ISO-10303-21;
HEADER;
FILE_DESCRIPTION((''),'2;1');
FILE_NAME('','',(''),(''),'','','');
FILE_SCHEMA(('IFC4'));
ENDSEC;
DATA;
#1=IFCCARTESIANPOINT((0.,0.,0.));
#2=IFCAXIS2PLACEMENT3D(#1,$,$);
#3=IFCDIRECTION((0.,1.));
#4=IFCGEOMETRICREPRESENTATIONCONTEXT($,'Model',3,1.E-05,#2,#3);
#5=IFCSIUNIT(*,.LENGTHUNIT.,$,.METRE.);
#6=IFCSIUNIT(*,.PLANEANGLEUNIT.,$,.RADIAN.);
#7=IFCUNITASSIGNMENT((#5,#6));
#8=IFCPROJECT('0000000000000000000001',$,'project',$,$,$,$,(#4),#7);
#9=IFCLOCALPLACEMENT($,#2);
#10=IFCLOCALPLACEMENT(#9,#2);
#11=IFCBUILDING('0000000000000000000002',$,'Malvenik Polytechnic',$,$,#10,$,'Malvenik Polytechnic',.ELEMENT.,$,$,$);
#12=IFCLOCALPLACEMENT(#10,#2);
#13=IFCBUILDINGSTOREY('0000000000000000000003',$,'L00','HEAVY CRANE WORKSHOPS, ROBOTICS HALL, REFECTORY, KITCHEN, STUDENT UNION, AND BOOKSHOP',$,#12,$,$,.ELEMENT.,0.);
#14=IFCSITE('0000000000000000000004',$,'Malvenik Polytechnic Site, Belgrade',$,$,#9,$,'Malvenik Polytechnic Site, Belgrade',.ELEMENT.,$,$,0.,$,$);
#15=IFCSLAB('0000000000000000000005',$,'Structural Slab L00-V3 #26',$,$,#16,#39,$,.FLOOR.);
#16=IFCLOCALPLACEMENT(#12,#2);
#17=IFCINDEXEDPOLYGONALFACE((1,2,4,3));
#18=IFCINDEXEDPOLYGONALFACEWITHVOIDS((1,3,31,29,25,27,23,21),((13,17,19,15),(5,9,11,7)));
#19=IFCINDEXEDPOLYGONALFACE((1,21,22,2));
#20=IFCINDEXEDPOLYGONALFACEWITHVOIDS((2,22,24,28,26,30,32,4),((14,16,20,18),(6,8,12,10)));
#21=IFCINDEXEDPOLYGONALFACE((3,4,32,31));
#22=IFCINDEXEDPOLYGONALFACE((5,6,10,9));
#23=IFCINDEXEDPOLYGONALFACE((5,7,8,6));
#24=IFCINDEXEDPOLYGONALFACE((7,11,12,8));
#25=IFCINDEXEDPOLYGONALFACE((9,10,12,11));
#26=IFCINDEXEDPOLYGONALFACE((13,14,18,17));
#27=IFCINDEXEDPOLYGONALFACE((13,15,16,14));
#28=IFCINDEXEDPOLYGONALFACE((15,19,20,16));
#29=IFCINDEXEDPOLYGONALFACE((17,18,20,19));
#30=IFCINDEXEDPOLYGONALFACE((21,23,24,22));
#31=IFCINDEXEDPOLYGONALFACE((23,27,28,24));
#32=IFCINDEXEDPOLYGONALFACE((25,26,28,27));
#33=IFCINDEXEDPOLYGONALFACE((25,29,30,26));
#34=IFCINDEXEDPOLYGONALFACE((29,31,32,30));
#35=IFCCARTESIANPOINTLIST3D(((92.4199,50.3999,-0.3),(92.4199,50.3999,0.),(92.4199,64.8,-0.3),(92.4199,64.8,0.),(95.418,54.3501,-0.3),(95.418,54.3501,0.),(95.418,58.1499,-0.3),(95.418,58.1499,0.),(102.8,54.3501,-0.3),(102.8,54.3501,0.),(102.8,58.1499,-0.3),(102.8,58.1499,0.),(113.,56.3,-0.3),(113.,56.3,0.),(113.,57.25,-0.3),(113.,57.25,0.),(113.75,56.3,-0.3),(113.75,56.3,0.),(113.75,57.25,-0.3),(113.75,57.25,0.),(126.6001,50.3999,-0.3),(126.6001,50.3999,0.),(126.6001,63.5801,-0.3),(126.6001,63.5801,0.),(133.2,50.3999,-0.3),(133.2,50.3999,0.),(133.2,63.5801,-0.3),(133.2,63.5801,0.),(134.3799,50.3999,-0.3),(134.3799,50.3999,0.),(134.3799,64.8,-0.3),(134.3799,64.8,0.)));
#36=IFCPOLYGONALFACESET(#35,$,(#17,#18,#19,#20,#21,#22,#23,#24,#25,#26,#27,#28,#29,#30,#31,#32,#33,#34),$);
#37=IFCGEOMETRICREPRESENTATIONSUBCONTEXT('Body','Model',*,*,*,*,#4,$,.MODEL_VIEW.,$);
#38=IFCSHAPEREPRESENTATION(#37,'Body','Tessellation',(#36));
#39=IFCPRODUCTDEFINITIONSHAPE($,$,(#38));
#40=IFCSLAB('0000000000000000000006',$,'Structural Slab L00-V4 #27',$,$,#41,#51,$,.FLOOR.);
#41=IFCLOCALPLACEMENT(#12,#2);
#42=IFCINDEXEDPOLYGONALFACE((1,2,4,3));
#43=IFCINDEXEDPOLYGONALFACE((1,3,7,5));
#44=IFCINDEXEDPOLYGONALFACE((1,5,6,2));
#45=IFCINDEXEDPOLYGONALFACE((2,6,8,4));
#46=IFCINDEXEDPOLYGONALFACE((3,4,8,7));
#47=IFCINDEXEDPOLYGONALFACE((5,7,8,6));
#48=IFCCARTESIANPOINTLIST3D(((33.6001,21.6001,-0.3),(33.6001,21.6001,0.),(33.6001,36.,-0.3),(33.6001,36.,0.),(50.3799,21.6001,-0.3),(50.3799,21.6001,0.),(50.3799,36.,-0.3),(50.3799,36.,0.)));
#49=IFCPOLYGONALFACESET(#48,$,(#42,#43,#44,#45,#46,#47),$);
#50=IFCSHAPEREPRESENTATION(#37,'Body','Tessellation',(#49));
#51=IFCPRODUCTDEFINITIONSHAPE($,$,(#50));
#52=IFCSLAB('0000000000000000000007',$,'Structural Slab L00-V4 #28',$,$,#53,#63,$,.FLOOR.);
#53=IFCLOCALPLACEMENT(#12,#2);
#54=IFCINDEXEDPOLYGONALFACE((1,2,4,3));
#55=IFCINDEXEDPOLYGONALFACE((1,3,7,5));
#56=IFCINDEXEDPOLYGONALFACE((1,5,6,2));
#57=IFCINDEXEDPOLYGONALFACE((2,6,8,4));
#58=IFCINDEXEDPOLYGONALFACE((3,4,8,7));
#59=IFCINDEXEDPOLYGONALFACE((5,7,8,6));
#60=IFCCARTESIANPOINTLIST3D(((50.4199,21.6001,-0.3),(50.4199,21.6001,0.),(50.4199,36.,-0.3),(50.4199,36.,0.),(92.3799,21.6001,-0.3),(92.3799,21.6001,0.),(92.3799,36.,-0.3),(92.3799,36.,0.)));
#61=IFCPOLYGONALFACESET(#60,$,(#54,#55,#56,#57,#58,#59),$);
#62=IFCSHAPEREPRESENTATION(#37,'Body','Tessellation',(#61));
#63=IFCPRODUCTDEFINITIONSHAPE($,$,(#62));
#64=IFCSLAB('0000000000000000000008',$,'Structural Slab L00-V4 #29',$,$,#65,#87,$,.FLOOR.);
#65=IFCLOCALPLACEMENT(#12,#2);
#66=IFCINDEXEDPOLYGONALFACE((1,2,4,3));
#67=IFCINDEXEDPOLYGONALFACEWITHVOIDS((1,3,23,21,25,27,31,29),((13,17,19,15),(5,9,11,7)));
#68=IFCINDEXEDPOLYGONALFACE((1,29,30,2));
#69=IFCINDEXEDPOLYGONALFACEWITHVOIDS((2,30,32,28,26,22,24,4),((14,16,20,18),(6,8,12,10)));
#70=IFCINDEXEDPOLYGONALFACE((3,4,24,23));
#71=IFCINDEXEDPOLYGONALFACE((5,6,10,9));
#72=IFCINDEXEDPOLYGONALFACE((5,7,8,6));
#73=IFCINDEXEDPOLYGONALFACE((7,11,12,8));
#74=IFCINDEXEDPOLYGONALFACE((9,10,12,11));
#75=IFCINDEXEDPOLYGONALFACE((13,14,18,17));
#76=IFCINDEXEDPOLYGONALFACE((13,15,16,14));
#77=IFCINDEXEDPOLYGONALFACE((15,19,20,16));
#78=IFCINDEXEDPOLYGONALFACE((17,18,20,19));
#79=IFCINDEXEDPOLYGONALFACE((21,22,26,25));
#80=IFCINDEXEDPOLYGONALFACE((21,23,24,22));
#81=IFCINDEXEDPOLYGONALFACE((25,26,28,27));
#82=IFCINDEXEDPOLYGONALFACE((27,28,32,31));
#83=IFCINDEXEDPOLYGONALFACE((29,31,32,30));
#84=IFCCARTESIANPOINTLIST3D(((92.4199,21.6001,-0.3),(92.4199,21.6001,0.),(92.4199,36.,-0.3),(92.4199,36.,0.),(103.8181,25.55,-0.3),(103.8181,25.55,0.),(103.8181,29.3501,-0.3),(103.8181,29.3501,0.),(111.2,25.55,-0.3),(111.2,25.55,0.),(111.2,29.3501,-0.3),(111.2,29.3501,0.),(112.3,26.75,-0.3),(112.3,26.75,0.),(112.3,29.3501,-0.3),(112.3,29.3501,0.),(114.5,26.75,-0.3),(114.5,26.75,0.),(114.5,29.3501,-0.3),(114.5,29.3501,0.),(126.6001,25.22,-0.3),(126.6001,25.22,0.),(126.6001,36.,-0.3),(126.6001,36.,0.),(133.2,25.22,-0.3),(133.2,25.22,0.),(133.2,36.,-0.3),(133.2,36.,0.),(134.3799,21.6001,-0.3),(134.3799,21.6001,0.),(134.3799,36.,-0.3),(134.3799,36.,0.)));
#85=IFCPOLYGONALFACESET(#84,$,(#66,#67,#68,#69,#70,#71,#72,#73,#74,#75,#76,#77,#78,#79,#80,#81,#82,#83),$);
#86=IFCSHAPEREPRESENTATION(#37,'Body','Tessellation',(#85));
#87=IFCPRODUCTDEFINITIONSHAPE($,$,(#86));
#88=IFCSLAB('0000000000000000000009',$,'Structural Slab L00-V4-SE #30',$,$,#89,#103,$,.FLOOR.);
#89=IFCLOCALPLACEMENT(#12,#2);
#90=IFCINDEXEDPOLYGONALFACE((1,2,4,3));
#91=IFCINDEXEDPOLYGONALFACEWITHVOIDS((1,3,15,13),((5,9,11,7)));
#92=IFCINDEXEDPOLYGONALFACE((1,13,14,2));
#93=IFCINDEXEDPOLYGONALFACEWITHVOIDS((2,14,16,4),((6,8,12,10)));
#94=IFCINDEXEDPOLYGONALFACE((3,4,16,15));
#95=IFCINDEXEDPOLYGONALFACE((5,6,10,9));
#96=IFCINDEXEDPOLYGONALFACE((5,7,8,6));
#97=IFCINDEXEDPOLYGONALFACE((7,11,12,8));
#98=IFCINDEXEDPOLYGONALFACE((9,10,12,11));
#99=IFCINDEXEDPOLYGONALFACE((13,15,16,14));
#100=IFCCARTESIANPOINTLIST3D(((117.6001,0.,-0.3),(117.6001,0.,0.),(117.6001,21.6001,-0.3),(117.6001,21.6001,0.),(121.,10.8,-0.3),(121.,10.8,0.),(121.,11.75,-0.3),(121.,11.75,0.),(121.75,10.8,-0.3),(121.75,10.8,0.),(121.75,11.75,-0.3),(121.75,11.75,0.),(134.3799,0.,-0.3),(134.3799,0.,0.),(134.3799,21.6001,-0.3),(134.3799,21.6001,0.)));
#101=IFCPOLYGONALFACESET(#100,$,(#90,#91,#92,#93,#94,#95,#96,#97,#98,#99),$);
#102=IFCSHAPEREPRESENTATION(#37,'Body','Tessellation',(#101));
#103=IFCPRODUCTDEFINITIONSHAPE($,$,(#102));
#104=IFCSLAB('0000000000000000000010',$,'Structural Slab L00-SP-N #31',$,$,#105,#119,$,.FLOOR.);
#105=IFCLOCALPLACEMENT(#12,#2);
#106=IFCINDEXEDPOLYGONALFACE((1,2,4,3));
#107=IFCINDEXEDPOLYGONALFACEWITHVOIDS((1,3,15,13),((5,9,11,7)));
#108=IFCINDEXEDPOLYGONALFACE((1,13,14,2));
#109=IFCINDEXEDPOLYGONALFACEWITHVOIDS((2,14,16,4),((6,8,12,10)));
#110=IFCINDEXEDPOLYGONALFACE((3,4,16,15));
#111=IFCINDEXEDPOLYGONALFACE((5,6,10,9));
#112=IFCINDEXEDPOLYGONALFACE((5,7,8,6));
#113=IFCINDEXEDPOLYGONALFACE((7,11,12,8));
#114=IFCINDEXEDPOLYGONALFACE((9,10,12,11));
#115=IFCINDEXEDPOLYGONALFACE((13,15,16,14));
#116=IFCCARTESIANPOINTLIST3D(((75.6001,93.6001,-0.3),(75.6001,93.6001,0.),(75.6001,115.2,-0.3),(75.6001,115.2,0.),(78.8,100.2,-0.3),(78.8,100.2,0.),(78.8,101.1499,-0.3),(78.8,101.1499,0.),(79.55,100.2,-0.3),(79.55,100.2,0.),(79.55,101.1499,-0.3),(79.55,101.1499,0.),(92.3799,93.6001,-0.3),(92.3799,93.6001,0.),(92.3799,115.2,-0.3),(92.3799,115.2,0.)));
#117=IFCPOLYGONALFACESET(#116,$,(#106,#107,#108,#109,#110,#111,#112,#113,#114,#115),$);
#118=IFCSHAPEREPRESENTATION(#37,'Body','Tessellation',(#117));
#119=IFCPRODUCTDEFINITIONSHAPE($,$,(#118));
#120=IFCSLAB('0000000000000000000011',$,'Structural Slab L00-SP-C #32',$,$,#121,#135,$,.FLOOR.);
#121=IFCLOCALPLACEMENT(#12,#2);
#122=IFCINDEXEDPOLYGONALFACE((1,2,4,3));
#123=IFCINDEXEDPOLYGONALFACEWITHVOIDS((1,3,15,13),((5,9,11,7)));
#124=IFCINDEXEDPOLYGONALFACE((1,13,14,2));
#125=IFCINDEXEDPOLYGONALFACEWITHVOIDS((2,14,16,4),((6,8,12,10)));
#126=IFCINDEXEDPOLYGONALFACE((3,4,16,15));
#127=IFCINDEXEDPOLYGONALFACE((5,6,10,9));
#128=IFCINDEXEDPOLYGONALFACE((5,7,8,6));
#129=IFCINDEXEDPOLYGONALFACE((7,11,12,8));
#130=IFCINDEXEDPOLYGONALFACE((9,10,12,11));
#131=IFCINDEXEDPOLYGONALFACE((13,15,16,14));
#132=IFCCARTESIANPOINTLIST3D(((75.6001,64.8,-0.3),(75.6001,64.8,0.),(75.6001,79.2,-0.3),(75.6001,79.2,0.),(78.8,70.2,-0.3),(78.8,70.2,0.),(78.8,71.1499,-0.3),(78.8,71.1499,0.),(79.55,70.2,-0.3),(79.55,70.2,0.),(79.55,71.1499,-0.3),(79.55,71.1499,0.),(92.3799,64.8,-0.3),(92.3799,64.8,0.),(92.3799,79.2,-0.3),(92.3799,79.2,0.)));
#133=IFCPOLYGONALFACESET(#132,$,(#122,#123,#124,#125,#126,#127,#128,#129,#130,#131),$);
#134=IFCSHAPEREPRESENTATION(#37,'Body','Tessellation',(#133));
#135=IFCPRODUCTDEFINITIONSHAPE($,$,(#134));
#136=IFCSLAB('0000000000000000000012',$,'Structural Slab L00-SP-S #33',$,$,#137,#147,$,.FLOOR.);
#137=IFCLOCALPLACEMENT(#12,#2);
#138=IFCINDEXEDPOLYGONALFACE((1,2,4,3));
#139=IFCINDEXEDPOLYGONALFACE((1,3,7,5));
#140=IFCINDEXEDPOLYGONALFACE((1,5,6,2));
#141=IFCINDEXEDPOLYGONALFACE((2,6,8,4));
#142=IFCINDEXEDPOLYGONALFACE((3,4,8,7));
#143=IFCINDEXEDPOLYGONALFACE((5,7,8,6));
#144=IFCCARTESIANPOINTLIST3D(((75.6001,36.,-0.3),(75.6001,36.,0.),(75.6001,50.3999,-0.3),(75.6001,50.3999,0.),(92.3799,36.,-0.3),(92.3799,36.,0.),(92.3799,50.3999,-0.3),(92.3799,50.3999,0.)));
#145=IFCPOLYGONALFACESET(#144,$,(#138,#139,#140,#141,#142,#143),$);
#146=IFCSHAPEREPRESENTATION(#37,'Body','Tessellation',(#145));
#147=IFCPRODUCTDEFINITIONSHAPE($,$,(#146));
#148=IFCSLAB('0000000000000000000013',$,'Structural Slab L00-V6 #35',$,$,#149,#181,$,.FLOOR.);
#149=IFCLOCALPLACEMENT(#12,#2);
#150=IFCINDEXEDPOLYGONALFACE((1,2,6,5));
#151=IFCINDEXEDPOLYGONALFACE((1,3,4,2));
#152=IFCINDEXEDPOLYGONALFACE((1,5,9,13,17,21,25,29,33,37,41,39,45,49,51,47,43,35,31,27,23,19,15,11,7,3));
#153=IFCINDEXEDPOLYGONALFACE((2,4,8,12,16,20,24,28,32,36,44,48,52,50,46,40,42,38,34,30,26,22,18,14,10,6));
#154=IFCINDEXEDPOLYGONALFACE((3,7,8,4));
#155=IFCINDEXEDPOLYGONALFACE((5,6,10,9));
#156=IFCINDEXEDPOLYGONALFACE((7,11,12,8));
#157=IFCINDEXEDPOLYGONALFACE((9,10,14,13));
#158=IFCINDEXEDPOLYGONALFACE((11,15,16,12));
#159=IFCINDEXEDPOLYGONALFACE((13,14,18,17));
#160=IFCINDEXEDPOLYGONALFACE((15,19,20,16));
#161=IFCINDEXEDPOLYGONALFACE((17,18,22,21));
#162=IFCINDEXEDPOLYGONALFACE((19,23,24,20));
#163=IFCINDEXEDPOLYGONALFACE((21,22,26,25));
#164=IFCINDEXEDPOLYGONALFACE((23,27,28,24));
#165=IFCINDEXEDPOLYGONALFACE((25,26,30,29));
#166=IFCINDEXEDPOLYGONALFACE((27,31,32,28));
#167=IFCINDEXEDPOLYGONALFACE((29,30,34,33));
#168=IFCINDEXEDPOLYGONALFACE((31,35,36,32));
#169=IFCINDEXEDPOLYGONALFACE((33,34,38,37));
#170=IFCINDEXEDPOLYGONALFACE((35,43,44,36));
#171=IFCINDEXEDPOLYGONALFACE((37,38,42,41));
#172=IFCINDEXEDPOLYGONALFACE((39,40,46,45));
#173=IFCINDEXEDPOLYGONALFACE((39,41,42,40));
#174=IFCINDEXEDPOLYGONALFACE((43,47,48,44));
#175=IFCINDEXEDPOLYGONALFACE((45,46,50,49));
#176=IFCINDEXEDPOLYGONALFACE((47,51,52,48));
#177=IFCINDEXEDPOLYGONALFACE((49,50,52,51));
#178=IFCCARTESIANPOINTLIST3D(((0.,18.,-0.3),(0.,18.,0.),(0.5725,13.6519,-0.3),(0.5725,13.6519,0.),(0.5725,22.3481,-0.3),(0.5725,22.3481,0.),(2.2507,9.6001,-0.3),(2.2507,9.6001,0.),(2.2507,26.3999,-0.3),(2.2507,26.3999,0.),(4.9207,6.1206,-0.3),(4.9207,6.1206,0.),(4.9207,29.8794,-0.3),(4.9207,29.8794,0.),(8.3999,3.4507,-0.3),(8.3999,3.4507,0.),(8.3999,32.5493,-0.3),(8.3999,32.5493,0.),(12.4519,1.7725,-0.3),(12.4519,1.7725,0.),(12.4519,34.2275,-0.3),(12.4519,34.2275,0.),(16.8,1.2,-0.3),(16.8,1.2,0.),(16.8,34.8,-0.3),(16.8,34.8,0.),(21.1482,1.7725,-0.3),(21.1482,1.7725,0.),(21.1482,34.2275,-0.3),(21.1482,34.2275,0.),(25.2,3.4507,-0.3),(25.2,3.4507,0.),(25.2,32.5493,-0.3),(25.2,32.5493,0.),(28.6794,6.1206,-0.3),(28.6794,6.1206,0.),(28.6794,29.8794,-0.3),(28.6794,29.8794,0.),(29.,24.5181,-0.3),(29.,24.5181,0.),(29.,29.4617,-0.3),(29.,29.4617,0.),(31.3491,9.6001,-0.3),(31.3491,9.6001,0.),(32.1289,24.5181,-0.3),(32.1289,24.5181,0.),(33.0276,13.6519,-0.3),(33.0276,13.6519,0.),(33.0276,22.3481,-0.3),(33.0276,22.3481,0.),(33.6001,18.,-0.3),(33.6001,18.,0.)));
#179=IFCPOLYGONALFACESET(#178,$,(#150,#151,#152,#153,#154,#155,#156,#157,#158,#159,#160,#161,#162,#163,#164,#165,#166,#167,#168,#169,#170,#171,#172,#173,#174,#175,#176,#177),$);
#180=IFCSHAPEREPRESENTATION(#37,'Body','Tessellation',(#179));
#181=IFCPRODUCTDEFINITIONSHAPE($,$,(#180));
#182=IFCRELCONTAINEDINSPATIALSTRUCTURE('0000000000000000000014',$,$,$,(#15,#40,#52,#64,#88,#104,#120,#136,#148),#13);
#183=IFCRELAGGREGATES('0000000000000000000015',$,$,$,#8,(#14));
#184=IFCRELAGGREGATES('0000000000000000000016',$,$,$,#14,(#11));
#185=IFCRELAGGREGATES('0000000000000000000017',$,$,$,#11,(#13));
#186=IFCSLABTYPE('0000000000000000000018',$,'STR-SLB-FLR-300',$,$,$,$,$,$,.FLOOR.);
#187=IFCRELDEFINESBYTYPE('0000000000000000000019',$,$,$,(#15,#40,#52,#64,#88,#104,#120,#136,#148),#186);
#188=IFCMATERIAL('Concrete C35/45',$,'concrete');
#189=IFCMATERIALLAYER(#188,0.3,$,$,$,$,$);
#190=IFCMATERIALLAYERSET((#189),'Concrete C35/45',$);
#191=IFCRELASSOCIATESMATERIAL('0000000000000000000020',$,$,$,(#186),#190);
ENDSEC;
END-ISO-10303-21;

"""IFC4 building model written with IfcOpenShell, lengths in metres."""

from ifc_helpers import new_model, si_unit, direction, frame, origin, place, context, subcontext, project, spatial, polyline, outline, extrude, material, layer, layer_set, type_object, element, save


model = new_model("IFC4")

# Units and contexts
model_context = context("Model", 3, precision=1e-05, world=origin(), true_north=direction((0.0, 1.0)))
body_context = subcontext(model_context, "Body", "Model", "MODEL_VIEW")
ifc_project = project(units=[si_unit("LENGTHUNIT", "METRE"), si_unit("PLANEANGLEUNIT", "RADIAN")], contexts=[model_context])

# Site, building, storey
site_placement = place(None, origin())
site = spatial("IfcSite", under=ifc_project, at=site_placement, Name="Malvenik Polytechnic Site, Belgrade", LongName="Malvenik Polytechnic Site, Belgrade", CompositionType="ELEMENT", RefElevation=0.0)
building_placement = place(site_placement, origin())
building = spatial("IfcBuilding", under=site, at=building_placement, Name="Malvenik Polytechnic", LongName="Malvenik Polytechnic", CompositionType="ELEMENT")
storey_placement = place(building_placement, origin())
storey = spatial("IfcBuildingStorey", under=building, at=storey_placement, Name="L00", Description="HEAVY CRANE WORKSHOPS, ROBOTICS HALL, REFECTORY, KITCHEN, STUDENT UNION, AND BOOKSHOP", CompositionType="ELEMENT", Elevation=0.0)

# Slabs
ifc_material_1 = material(Name="Concrete C35/45", Category="concrete")
ifc_layer_1 = layer(ifc_material_1, 0.3)
ifc_layer_set_1 = layer_set([ifc_layer_1], Name="Concrete C35/45")
slab_type_1 = type_object("IfcSlabType", Name="STR-SLB-FLR-300", PredefinedType="FLOOR", material=ifc_layer_set_1)
slab_1_placement = place(storey_placement, frame((0.0, 0.0, -0.3)))
element("IfcSlab", 1, at=slab_1_placement, inside=storey, type_object=slab_type_1, Name="Structural Slab L00-V3 #26", PredefinedType="FLOOR", context=body_context, shape_type="SweptSolid", body=[
    extrude(outline(polyline([(134.3799, 64.8), (134.3799, 50.3999), (133.2, 50.3999), (133.2, 63.5801), (126.6001, 63.5801), (126.6001, 50.3999), (92.4199, 50.3999), (92.4199, 64.8), (134.3799, 64.8)]), holes=[polyline([(102.8, 54.3501), (102.8, 58.1499), (95.418, 58.1499), (95.418, 54.3501), (102.8, 54.3501)]), polyline([(113.75, 57.25), (113.0, 57.25), (113.0, 56.3), (113.75, 56.3), (113.75, 57.25)])]), origin(), (0.0, 0.0, 1.0), 0.3),
])
slab_2_placement = place(storey_placement, frame((0.0, 0.0, -0.3)))
element("IfcSlab", 2, at=slab_2_placement, inside=storey, type_object=slab_type_1, Name="Structural Slab L00-V4 #27", PredefinedType="FLOOR", context=body_context, shape_type="SweptSolid", body=[
    extrude(outline(polyline([(50.3799, 36.0), (50.3799, 21.6001), (33.6001, 21.6001), (33.6001, 36.0), (50.3799, 36.0)])), origin(), (0.0, 0.0, 1.0), 0.3),
])
slab_3_placement = place(storey_placement, frame((0.0, 0.0, -0.3)))
element("IfcSlab", 3, at=slab_3_placement, inside=storey, type_object=slab_type_1, Name="Structural Slab L00-V4 #28", PredefinedType="FLOOR", context=body_context, shape_type="SweptSolid", body=[
    extrude(outline(polyline([(92.3799, 36.0), (92.3799, 21.6001), (50.4199, 21.6001), (50.4199, 36.0), (92.3799, 36.0)])), origin(), (0.0, 0.0, 1.0), 0.3),
])
slab_4_placement = place(storey_placement, frame((0.0, 0.0, -0.3)))
element("IfcSlab", 4, at=slab_4_placement, inside=storey, type_object=slab_type_1, Name="Structural Slab L00-V4 #29", PredefinedType="FLOOR", context=body_context, shape_type="SweptSolid", body=[
    extrude(outline(polyline([(126.6001, 36.0), (126.6001, 25.22), (133.2, 25.22), (133.2, 36.0), (134.3799, 36.0), (134.3799, 21.6001), (92.4199, 21.6001), (92.4199, 36.0), (126.6001, 36.0)]), holes=[polyline([(111.2, 25.55), (111.2, 29.3501), (103.8181, 29.3501), (103.8181, 25.55), (111.2, 25.55)]), polyline([(114.5, 29.3501), (112.3, 29.3501), (112.3, 26.75), (114.5, 26.75), (114.5, 29.3501)])]), origin(), (0.0, 0.0, 1.0), 0.3),
])
slab_5_placement = place(storey_placement, frame((0.0, 0.0, -0.3)))
element("IfcSlab", 5, at=slab_5_placement, inside=storey, type_object=slab_type_1, Name="Structural Slab L00-V4-SE #30", PredefinedType="FLOOR", context=body_context, shape_type="SweptSolid", body=[
    extrude(outline(polyline([(117.6001, 21.6001), (134.3799, 21.6001), (134.3799, 0.0), (117.6001, 0.0), (117.6001, 21.6001)]), holes=[polyline([(121.0, 11.75), (121.0, 10.8), (121.75, 10.8), (121.75, 11.75), (121.0, 11.75)])]), origin(), (0.0, 0.0, 1.0), 0.3),
])
slab_6_placement = place(storey_placement, frame((0.0, 0.0, -0.3)))
element("IfcSlab", 6, at=slab_6_placement, inside=storey, type_object=slab_type_1, Name="Structural Slab L00-SP-N #31", PredefinedType="FLOOR", context=body_context, shape_type="SweptSolid", body=[
    extrude(outline(polyline([(75.6001, 115.2), (92.3799, 115.2), (92.3799, 93.6001), (75.6001, 93.6001), (75.6001, 115.2)]), holes=[polyline([(79.55, 101.1499), (78.8, 101.1499), (78.8, 100.2), (79.55, 100.2), (79.55, 101.1499)])]), origin(), (0.0, 0.0, 1.0), 0.3),
])
slab_7_placement = place(storey_placement, frame((0.0, 0.0, -0.3)))
element("IfcSlab", 7, at=slab_7_placement, inside=storey, type_object=slab_type_1, Name="Structural Slab L00-SP-C #32", PredefinedType="FLOOR", context=body_context, shape_type="SweptSolid", body=[
    extrude(outline(polyline([(75.6001, 79.2), (92.3799, 79.2), (92.3799, 64.8), (75.6001, 64.8), (75.6001, 79.2)]), holes=[polyline([(79.55, 71.1499), (78.8, 71.1499), (78.8, 70.2), (79.55, 70.2), (79.55, 71.1499)])]), origin(), (0.0, 0.0, 1.0), 0.3),
])
slab_8_placement = place(storey_placement, frame((0.0, 0.0, -0.3)))
element("IfcSlab", 8, at=slab_8_placement, inside=storey, type_object=slab_type_1, Name="Structural Slab L00-SP-S #33", PredefinedType="FLOOR", context=body_context, shape_type="SweptSolid", body=[
    extrude(outline(polyline([(75.6001, 50.3999), (92.3799, 50.3999), (92.3799, 36.0), (75.6001, 36.0), (75.6001, 50.3999)])), origin(), (0.0, 0.0, 1.0), 0.3),
])
slab_9_placement = place(storey_placement, frame((0.0, 0.0, -0.3)))
element("IfcSlab", 9, at=slab_9_placement, inside=storey, type_object=slab_type_1, Name="Structural Slab L00-V6 #35", PredefinedType="FLOOR", context=body_context, shape_type="SweptSolid", body=[
    extrude(outline(polyline([(28.6794, 6.1206), (25.2, 3.4507), (21.1482, 1.7725), (16.8, 1.2), (12.4519, 1.7725), (8.3999, 3.4507), (4.9207, 6.1206), (2.2507, 9.6001), (0.5725, 13.6519), (0.0, 18.0), (0.5725, 22.3481), (2.2507, 26.3999), (4.9207, 29.8794), (8.3999, 32.5493), (12.4519, 34.2275), (16.8, 34.8), (21.1482, 34.2275), (25.2, 32.5493), (28.6794, 29.8794), (29.0, 29.4617), (29.0, 24.5181), (32.1289, 24.5181), (33.0276, 22.3481), (33.6001, 18.0), (33.0276, 13.6519), (31.3491, 9.6001), (28.6794, 6.1206)])), origin(), (0.0, 0.0, 1.0), 0.3),
])

save(model, "model.ifc")
